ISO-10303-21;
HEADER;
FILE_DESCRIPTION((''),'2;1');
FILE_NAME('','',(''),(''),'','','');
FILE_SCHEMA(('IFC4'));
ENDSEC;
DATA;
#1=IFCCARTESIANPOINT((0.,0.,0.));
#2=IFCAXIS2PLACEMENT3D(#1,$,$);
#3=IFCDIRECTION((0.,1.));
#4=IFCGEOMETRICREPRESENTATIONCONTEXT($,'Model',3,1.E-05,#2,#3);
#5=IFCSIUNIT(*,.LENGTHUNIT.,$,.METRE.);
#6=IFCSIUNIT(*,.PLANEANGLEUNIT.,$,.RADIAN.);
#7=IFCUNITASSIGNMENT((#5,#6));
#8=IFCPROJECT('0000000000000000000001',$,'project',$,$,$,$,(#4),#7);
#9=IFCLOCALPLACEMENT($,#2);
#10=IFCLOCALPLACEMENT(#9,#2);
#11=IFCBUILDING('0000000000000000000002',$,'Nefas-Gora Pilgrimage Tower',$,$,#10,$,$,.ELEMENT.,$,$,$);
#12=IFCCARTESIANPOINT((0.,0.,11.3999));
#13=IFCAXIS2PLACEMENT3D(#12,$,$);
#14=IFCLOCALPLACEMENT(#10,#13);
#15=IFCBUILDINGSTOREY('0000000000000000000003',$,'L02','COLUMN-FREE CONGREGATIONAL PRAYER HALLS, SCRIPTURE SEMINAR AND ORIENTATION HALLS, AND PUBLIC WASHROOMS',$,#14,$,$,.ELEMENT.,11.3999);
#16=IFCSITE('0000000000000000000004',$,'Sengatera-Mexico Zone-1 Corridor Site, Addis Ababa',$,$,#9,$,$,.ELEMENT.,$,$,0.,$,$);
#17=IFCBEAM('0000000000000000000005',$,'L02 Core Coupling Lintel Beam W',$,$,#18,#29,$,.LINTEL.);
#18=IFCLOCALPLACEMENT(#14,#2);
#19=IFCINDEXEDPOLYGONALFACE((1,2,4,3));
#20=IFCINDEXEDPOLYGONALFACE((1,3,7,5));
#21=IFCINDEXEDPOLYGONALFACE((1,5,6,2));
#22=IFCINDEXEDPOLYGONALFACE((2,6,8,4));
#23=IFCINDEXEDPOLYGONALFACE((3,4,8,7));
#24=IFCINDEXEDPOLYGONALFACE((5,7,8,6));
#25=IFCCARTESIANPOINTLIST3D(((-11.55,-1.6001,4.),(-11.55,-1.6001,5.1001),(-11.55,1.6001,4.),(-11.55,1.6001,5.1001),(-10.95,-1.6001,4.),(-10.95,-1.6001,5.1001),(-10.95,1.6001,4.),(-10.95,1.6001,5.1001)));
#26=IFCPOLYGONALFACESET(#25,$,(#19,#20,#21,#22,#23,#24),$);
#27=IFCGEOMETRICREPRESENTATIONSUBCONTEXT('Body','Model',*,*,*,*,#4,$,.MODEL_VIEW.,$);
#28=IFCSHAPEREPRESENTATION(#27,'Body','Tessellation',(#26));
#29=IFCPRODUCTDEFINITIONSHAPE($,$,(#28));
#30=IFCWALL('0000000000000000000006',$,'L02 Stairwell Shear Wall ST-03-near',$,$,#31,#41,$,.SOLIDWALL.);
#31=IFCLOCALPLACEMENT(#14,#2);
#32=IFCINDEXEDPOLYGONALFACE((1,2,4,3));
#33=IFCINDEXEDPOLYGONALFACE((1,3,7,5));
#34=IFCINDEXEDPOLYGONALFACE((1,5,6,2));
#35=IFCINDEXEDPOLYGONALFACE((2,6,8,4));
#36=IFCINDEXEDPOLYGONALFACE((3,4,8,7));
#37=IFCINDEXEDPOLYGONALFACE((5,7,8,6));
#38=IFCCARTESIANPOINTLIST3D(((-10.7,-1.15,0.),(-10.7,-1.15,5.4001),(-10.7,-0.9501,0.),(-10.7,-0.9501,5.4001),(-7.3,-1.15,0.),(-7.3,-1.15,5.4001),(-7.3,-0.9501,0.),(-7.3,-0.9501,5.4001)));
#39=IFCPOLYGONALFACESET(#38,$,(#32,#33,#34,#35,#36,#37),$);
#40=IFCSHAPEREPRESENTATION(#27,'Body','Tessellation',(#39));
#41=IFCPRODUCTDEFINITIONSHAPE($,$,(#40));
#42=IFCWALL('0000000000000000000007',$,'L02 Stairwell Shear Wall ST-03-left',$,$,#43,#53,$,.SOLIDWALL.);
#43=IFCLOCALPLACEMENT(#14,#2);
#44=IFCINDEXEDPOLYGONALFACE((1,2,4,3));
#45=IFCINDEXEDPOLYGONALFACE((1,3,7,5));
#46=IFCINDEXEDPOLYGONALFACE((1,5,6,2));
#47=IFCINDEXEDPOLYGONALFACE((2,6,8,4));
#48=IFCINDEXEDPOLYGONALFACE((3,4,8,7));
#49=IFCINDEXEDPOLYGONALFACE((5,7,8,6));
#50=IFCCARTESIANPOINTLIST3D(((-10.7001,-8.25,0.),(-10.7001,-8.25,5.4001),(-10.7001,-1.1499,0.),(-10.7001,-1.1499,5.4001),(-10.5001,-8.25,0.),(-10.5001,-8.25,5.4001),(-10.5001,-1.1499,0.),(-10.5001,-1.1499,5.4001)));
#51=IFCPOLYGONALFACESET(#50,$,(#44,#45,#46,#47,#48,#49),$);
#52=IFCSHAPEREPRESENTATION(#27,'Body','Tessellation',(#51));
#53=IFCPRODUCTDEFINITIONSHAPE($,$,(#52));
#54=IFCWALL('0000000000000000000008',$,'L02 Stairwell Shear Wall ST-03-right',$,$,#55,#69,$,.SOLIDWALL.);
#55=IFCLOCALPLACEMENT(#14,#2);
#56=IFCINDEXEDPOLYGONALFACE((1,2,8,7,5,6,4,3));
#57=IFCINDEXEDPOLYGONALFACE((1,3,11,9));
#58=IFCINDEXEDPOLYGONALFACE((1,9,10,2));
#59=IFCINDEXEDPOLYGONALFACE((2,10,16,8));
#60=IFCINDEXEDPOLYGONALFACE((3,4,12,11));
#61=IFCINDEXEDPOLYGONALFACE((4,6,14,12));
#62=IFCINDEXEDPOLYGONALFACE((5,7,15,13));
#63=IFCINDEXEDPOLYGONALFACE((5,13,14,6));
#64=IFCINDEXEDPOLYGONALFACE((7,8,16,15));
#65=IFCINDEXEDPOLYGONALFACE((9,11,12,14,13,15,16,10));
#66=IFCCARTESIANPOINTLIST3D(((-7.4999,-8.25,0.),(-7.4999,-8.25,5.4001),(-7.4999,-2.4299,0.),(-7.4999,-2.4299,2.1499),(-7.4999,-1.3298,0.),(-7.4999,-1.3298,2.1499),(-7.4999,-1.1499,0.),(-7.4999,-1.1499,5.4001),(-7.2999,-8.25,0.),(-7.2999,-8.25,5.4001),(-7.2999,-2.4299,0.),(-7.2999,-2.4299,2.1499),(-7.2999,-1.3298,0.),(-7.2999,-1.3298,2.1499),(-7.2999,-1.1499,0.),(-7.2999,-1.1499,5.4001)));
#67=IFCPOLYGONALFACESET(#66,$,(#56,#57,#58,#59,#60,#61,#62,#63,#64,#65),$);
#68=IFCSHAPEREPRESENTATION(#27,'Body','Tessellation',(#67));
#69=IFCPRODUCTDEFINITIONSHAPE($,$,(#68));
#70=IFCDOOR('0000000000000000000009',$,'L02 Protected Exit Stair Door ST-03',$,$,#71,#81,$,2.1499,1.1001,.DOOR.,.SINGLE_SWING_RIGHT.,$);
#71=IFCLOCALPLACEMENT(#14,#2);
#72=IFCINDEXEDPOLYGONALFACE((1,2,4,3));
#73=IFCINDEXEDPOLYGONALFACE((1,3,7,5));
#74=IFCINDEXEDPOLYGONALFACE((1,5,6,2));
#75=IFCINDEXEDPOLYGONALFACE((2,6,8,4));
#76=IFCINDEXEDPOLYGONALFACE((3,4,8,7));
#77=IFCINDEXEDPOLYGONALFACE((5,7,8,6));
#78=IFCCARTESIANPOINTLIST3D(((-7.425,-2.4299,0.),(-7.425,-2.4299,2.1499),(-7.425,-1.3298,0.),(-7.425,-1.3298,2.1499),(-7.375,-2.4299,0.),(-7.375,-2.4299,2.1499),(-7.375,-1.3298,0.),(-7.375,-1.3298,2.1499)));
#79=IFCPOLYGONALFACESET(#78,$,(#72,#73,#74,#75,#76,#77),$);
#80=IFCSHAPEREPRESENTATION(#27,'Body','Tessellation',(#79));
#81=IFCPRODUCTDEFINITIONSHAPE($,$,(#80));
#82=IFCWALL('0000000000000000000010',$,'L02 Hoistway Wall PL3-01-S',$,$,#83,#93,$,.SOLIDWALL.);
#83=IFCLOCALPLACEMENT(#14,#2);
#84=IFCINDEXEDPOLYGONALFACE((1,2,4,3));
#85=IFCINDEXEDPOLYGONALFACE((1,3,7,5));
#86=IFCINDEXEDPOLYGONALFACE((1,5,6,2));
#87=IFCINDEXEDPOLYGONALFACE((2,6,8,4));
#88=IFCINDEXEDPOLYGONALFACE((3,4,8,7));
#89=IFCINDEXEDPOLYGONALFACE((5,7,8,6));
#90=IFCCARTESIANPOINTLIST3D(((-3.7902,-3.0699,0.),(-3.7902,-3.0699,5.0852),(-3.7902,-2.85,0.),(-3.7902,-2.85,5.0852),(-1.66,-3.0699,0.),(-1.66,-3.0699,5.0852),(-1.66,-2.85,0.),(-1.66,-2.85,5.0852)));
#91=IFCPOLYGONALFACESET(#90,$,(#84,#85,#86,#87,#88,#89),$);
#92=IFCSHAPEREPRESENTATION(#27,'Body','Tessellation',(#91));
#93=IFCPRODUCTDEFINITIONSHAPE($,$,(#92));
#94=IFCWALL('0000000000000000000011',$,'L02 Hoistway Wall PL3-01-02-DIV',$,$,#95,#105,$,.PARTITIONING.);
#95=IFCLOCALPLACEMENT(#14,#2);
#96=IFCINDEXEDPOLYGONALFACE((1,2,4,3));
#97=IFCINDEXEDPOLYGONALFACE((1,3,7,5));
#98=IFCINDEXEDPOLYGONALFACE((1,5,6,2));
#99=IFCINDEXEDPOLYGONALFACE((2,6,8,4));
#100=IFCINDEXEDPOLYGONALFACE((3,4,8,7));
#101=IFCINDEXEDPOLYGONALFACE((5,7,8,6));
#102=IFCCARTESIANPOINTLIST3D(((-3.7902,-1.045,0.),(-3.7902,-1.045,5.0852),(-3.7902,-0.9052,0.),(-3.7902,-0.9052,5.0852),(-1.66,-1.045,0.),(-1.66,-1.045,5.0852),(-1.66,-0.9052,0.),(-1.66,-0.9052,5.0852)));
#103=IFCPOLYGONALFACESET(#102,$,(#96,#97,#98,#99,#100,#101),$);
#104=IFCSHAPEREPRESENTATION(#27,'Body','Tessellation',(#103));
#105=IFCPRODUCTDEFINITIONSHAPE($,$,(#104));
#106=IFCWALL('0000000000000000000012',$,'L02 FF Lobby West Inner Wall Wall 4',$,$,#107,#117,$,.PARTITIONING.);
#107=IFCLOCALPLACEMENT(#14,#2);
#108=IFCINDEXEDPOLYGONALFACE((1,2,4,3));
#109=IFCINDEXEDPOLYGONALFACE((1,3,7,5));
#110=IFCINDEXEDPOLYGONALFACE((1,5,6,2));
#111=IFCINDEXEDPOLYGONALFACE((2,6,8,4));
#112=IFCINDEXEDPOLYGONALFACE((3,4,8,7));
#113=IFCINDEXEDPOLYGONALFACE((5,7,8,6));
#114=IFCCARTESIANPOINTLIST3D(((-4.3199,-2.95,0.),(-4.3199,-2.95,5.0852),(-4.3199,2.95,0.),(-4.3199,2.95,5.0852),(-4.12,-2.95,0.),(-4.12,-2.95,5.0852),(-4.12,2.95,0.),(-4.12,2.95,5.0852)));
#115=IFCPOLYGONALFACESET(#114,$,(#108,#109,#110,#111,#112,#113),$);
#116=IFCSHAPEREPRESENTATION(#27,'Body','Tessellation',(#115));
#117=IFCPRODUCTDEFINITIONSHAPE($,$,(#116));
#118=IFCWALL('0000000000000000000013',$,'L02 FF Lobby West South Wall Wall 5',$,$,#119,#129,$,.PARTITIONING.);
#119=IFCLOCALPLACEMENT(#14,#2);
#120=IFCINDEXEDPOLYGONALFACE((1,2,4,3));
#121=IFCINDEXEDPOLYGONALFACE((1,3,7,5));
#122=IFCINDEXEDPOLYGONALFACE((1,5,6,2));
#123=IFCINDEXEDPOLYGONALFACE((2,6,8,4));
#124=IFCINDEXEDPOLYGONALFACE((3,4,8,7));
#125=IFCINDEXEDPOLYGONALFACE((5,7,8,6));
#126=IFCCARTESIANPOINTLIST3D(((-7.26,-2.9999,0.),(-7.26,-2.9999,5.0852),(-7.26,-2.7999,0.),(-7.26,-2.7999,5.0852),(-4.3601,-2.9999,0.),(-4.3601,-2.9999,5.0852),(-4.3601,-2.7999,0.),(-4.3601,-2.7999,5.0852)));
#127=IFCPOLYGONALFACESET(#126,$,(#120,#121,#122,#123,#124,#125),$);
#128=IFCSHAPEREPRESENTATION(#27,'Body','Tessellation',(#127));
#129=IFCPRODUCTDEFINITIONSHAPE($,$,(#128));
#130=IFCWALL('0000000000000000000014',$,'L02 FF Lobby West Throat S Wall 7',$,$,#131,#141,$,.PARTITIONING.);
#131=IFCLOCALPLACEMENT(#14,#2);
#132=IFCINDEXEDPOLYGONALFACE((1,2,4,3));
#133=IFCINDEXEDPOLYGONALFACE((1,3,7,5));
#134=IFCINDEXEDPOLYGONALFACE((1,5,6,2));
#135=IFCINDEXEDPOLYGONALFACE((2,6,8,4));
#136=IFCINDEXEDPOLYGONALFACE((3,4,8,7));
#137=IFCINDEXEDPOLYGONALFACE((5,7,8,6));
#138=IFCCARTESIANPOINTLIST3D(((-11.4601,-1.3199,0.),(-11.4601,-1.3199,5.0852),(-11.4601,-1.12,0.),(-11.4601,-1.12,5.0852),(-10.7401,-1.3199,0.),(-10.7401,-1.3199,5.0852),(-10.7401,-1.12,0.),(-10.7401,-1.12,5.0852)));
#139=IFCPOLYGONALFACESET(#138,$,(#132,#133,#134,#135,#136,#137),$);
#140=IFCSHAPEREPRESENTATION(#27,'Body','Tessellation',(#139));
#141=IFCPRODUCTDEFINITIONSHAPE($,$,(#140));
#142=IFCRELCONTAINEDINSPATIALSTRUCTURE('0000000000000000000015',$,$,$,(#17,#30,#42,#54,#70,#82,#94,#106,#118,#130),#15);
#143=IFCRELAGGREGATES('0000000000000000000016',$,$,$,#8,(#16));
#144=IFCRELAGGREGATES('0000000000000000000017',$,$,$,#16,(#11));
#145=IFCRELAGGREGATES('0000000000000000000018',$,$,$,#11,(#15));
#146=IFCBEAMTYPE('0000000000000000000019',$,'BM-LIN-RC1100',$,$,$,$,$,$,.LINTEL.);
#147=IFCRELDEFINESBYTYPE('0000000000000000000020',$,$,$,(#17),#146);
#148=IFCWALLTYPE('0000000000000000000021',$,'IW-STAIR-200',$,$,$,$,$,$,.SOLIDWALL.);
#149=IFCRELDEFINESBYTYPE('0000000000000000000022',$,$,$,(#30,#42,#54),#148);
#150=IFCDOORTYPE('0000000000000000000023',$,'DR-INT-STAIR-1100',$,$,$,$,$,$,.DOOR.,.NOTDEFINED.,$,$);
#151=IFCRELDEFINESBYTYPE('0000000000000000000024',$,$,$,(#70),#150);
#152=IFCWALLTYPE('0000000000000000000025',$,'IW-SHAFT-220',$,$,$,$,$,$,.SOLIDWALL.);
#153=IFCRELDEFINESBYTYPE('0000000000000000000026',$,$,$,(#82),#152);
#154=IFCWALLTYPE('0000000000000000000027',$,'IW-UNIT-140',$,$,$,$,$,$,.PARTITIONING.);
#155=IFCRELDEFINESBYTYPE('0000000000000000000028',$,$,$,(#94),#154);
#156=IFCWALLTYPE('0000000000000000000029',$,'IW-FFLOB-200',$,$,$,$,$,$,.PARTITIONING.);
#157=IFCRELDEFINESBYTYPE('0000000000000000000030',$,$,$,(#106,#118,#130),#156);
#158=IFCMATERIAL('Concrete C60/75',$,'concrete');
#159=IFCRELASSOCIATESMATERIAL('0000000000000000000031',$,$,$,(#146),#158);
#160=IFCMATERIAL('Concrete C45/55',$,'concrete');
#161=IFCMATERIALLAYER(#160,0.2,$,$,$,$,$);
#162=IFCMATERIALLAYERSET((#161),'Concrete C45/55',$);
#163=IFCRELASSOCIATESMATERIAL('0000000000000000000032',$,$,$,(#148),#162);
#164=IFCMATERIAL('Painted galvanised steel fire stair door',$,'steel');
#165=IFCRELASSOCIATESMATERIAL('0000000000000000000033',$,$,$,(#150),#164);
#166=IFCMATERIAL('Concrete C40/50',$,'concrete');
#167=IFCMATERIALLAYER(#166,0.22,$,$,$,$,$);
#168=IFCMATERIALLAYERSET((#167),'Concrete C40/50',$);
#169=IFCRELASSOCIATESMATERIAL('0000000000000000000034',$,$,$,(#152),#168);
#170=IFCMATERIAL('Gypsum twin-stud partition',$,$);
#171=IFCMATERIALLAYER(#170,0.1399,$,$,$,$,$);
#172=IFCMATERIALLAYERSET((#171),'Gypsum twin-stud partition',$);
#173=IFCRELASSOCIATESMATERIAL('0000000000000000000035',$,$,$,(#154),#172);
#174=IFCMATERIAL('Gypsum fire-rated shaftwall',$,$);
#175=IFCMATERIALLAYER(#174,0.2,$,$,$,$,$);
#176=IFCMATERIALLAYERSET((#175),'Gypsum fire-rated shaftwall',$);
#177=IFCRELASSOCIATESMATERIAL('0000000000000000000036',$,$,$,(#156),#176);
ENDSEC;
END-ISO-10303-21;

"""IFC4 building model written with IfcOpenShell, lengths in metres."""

from ifc_helpers import new_model, si_unit, direction, frame, frame_2d, origin, origin_2d, place, context, subcontext, project, spatial, rectangle, extrude, source, transform, mapped, material, layer, layer_set, material_profile, profile_set, type_object, element, fill, save


model = new_model("IFC4")

# Units and contexts
model_context = context("Model", 3, precision=1e-05, world=origin(), true_north=direction((0.0, 1.0)))
body_context = subcontext(model_context, "Body", "Model", "MODEL_VIEW")
ifc_project = project(units=[si_unit("LENGTHUNIT", "METRE"), si_unit("PLANEANGLEUNIT", "RADIAN")], contexts=[model_context])

# Site, building, storey
site_placement = place(None, origin())
site = spatial("IfcSite", under=ifc_project, at=site_placement, Name="Sengatera-Mexico Zone-1 Corridor Site, Addis Ababa", CompositionType="ELEMENT", RefElevation=0.0)
building_placement = place(site_placement, origin())
building = spatial("IfcBuilding", under=site, at=building_placement, Name="Nefas-Gora Pilgrimage Tower", CompositionType="ELEMENT")
storey_placement = place(building_placement, frame((0.0, 0.0, 11.3999)))
storey = spatial("IfcBuildingStorey", under=building, at=storey_placement, Name="L02", Description="COLUMN-FREE CONGREGATIONAL PRAYER HALLS, SCRIPTURE SEMINAR AND ORIENTATION HALLS, AND PUBLIC WASHROOMS", CompositionType="ELEMENT", Elevation=11.3999)

# Beam
ifc_material_1 = material(Name="Concrete C60/75", Category="concrete")
ifc_material_profile = material_profile(ifc_material_1, rectangle(XDim=0.6001, YDim=1.1001, at=origin_2d()), Name="RC 600x1100")
ifc_profile_set = profile_set([ifc_material_profile], Name="Concrete C60/75")
beam_type = type_object("IfcBeamType", Name="BM-LIN-RC1100", PredefinedType="LINTEL", material=ifc_profile_set)
shared_shape_1 = source(origin(), body_context, "Body", "SweptSolid", [
    extrude(rectangle(XDim=0.6001, YDim=1.1001, at=origin_2d()), origin(), (0.0, 0.0, 1.0), 3.2002),
])
beam_placement = place(storey_placement, frame((-11.25, -1.6001, 4.55), z_axis=(0.0, 1.0, 0.0), x_axis=(-1.0, 0.0, 0.0)))
element("IfcBeam", 1, at=beam_placement, inside=storey, type_object=beam_type, Name="L02 Core Coupling Lintel Beam W", PredefinedType="LINTEL", context=body_context, shape_type="MappedRepresentation", body=[
    mapped(shared_shape_1, transform((0.0, 0.0, 0.0), x_axis=(1.0, 0.0, 0.0), y_axis=(0.0, 1.0, 0.0), z_axis=(0.0, 0.0, 1.0), scale=1.0)),
])

# Walls
ifc_material_2 = material(Name="Concrete C45/55", Category="concrete")
ifc_layer_1 = layer(ifc_material_2, 0.2)
ifc_layer_set_1 = layer_set([ifc_layer_1], Name="Concrete C45/55")
wall_type_1 = type_object("IfcWallType", Name="IW-STAIR-200", PredefinedType="SOLIDWALL", material=ifc_layer_set_1)
shared_shape_2 = source(origin(), body_context, "Body", "SweptSolid", [
    extrude(rectangle(XDim=3.3999, YDim=0.2, at=frame_2d((1.7, 0.0))), origin(), (0.0, 0.0, 1.0), 5.4001),
])
wall_1_placement = place(storey_placement, frame((-10.7, -1.05, 0.0), z_axis=(0.0, 0.0, 1.0), x_axis=(1.0, 0.0, 0.0)))
element("IfcWall", 2, at=wall_1_placement, inside=storey, type_object=wall_type_1, Name="L02 Stairwell Shear Wall ST-03-near", PredefinedType="SOLIDWALL", context=body_context, shape_type="MappedRepresentation", body=[
    mapped(shared_shape_2, transform((0.0, 0.0, 0.0), x_axis=(1.0, 0.0, 0.0), y_axis=(0.0, 1.0, 0.0), z_axis=(0.0, 0.0, 1.0), scale=1.0)),
])
shared_shape_3 = source(origin(), body_context, "Body", "SweptSolid", [
    extrude(rectangle(XDim=7.1001, YDim=0.2, at=frame_2d((3.55, 0.0))), origin(), (0.0, 0.0, 1.0), 5.4001),
])
wall_2_placement = place(storey_placement, frame((-10.6001, -1.1499, 0.0), z_axis=(0.0, 0.0, 1.0), x_axis=(0.0, -1.0, 0.0)))
element("IfcWall", 3, at=wall_2_placement, inside=storey, type_object=wall_type_1, Name="L02 Stairwell Shear Wall ST-03-left", PredefinedType="SOLIDWALL", context=body_context, shape_type="MappedRepresentation", body=[
    mapped(shared_shape_3, transform((0.0, 0.0, 0.0), x_axis=(1.0, 0.0, 0.0), y_axis=(0.0, 1.0, 0.0), z_axis=(0.0, 0.0, 1.0), scale=1.0)),
])

# Wall, opening, door
wall_3_placement = place(storey_placement, frame((-7.3999, -1.1499, 0.0), z_axis=(0.0, 0.0, 1.0), x_axis=(0.0, -1.0, 0.0)))
wall_3 = element("IfcWall", 4, at=wall_3_placement, inside=storey, type_object=wall_type_1, Name="L02 Stairwell Shear Wall ST-03-right", PredefinedType="SOLIDWALL", context=body_context, shape_type="MappedRepresentation", body=[
    mapped(shared_shape_3, transform((0.0, 0.0, 0.0), x_axis=(1.0, 0.0, 0.0), y_axis=(0.0, 1.0, 0.0), z_axis=(0.0, 0.0, 1.0), scale=1.0)),
])
opening_1_placement = place(wall_3_placement, frame((0.1799, 0.0, 0.0)))
opening_1 = element("IfcOpeningElement", 5, at=opening_1_placement, cuts=wall_3, PredefinedType="OPENING", context=body_context, shape_type="SweptSolid", body=[
    extrude(rectangle(XDim=1.1001, YDim=2.1499, at=frame_2d((0.55, 1.075))), frame((0.0, 0.1099, 0.0), z_axis=(0.0, -1.0, 0.0), x_axis=(1.0, 0.0, 0.0)), (0.0, 0.0, 1.0), 0.22),
])
ifc_material_3 = material(Name="Painted galvanised steel fire stair door", Category="steel")
door_type_1 = type_object("IfcDoorType", Name="DR-INT-STAIR-1100", OperationType="NOTDEFINED", PredefinedType="DOOR", material=ifc_material_3)
shared_shape_4 = source(origin(), body_context, "Body", "SweptSolid", [
    extrude(rectangle(XDim=1.1001, YDim=2.1499, at=frame_2d((0.55, 1.075))), frame((0.0, 0.0249, 0.0), z_axis=(0.0, -1.0, 0.0), x_axis=(1.0, 0.0, 0.0)), (0.0, 0.0, 1.0), 0.05),
])
door_1_placement = place(opening_1_placement, origin())
door_1 = element("IfcDoor", 6, at=door_1_placement, inside=storey, type_object=door_type_1, Name="L02 Protected Exit Stair Door ST-03", OperationType="SINGLE_SWING_RIGHT", OverallHeight=2.1499, OverallWidth=1.1001, PredefinedType="DOOR", context=body_context, shape_type="MappedRepresentation", body=[
    mapped(shared_shape_4, transform((0.0, 0.0, 0.0), x_axis=(1.0, 0.0, 0.0), y_axis=(0.0, 1.0, 0.0), z_axis=(0.0, 0.0, 1.0), scale=1.0)),
])
fill(opening_1, door_1)

# Walls
ifc_material_4 = material(Name="Concrete C40/50", Category="concrete")
ifc_layer_2 = layer(ifc_material_4, 0.22)
ifc_layer_set_2 = layer_set([ifc_layer_2], Name="Concrete C40/50")
wall_type_2 = type_object("IfcWallType", Name="IW-SHAFT-220", PredefinedType="SOLIDWALL", material=ifc_layer_set_2)
shared_shape_5 = source(origin(), body_context, "Body", "SweptSolid", [
    extrude(rectangle(XDim=2.1301, YDim=0.22, at=frame_2d((1.0649, 0.0))), origin(), (0.0, 0.0, 1.0), 5.0852),
])
wall_4_placement = place(storey_placement, frame((-3.79, -2.96, 0.0), z_axis=(0.0, 0.0, 1.0), x_axis=(1.0, 0.0, 0.0)))
element("IfcWall", 7, at=wall_4_placement, inside=storey, type_object=wall_type_2, Name="L02 Hoistway Wall PL3-01-S", PredefinedType="SOLIDWALL", context=body_context, shape_type="MappedRepresentation", body=[
    mapped(shared_shape_5, transform((0.0, 0.0, 0.0), x_axis=(1.0, 0.0, 0.0), y_axis=(0.0, 1.0, 0.0), z_axis=(0.0, 0.0, 1.0), scale=1.0)),
])
ifc_material_5 = material(Name="Gypsum twin-stud partition")
ifc_layer_3 = layer(ifc_material_5, 0.1399)
ifc_layer_set_3 = layer_set([ifc_layer_3], Name="Gypsum twin-stud partition")
wall_type_3 = type_object("IfcWallType", Name="IW-UNIT-140", PredefinedType="PARTITIONING", material=ifc_layer_set_3)
shared_shape_6 = source(origin(), body_context, "Body", "SweptSolid", [
    extrude(rectangle(XDim=2.1301, YDim=0.1399, at=frame_2d((1.0649, 0.0))), origin(), (0.0, 0.0, 1.0), 5.0852),
])
wall_5_placement = place(storey_placement, frame((-3.79, -0.9751, 0.0), z_axis=(0.0, 0.0, 1.0), x_axis=(1.0, 0.0, 0.0)))
element("IfcWall", 8, at=wall_5_placement, inside=storey, type_object=wall_type_3, Name="L02 Hoistway Wall PL3-01-02-DIV", PredefinedType="PARTITIONING", context=body_context, shape_type="MappedRepresentation", body=[
    mapped(shared_shape_6, transform((0.0, 0.0, 0.0), x_axis=(1.0, 0.0, 0.0), y_axis=(0.0, 1.0, 0.0), z_axis=(0.0, 0.0, 1.0), scale=1.0)),
])

# Shared definitions
ifc_material_6 = material(Name="Gypsum fire-rated shaftwall")
ifc_layer_4 = layer(ifc_material_6, 0.2)
ifc_layer_set_4 = layer_set([ifc_layer_4], Name="Gypsum fire-rated shaftwall")
wall_type_4 = type_object("IfcWallType", Name="IW-FFLOB-200", PredefinedType="PARTITIONING", material=ifc_layer_set_4)

# Walls
shared_shape_7 = source(origin(), body_context, "Body", "SweptSolid", [
    extrude(rectangle(XDim=5.8999, YDim=0.2, at=frame_2d((2.95, 0.0))), origin(), (0.0, 0.0, 1.0), 5.0852),
])
wall_6_placement = place(storey_placement, frame((-4.22, -2.95, 0.0), z_axis=(0.0, 0.0, 1.0), x_axis=(0.0, 1.0, 0.0)))
element("IfcWall", 9, at=wall_6_placement, inside=storey, type_object=wall_type_4, Name="L02 FF Lobby West Inner Wall Wall 4", PredefinedType="PARTITIONING", context=body_context, shape_type="MappedRepresentation", body=[
    mapped(shared_shape_7, transform((0.0, 0.0, 0.0), x_axis=(1.0, 0.0, 0.0), y_axis=(0.0, 1.0, 0.0), z_axis=(0.0, 0.0, 1.0), scale=1.0)),
])
shared_shape_8 = source(origin(), body_context, "Body", "SweptSolid", [
    extrude(rectangle(XDim=2.8999, YDim=0.2, at=frame_2d((1.45, 0.0))), origin(), (0.0, 0.0, 1.0), 5.0852),
])
wall_7_placement = place(storey_placement, frame((-7.26, -2.8999, 0.0), z_axis=(0.0, 0.0, 1.0), x_axis=(1.0, 0.0, 0.0)))
element("IfcWall", 10, at=wall_7_placement, inside=storey, type_object=wall_type_4, Name="L02 FF Lobby West South Wall Wall 5", PredefinedType="PARTITIONING", context=body_context, shape_type="MappedRepresentation", body=[
    mapped(shared_shape_8, transform((0.0, 0.0, 0.0), x_axis=(1.0, 0.0, 0.0), y_axis=(0.0, 1.0, 0.0), z_axis=(0.0, 0.0, 1.0), scale=1.0)),
])
shared_shape_9 = source(origin(), body_context, "Body", "SweptSolid", [
    extrude(rectangle(XDim=0.72, YDim=0.2, at=frame_2d((0.3599, 0.0))), origin(), (0.0, 0.0, 1.0), 5.0852),
])
wall_8_placement = place(storey_placement, frame((-11.46, -1.22, 0.0), z_axis=(0.0, 0.0, 1.0), x_axis=(1.0, 0.0, 0.0)))
element("IfcWall", 11, at=wall_8_placement, inside=storey, type_object=wall_type_4, Name="L02 FF Lobby West Throat S Wall 7", PredefinedType="PARTITIONING", context=body_context, shape_type="MappedRepresentation", body=[
    mapped(shared_shape_9, transform((0.0, 0.0, 0.0), x_axis=(1.0, 0.0, 0.0), y_axis=(0.0, 1.0, 0.0), z_axis=(0.0, 0.0, 1.0), scale=1.0)),
])

save(model, "model.ifc")
